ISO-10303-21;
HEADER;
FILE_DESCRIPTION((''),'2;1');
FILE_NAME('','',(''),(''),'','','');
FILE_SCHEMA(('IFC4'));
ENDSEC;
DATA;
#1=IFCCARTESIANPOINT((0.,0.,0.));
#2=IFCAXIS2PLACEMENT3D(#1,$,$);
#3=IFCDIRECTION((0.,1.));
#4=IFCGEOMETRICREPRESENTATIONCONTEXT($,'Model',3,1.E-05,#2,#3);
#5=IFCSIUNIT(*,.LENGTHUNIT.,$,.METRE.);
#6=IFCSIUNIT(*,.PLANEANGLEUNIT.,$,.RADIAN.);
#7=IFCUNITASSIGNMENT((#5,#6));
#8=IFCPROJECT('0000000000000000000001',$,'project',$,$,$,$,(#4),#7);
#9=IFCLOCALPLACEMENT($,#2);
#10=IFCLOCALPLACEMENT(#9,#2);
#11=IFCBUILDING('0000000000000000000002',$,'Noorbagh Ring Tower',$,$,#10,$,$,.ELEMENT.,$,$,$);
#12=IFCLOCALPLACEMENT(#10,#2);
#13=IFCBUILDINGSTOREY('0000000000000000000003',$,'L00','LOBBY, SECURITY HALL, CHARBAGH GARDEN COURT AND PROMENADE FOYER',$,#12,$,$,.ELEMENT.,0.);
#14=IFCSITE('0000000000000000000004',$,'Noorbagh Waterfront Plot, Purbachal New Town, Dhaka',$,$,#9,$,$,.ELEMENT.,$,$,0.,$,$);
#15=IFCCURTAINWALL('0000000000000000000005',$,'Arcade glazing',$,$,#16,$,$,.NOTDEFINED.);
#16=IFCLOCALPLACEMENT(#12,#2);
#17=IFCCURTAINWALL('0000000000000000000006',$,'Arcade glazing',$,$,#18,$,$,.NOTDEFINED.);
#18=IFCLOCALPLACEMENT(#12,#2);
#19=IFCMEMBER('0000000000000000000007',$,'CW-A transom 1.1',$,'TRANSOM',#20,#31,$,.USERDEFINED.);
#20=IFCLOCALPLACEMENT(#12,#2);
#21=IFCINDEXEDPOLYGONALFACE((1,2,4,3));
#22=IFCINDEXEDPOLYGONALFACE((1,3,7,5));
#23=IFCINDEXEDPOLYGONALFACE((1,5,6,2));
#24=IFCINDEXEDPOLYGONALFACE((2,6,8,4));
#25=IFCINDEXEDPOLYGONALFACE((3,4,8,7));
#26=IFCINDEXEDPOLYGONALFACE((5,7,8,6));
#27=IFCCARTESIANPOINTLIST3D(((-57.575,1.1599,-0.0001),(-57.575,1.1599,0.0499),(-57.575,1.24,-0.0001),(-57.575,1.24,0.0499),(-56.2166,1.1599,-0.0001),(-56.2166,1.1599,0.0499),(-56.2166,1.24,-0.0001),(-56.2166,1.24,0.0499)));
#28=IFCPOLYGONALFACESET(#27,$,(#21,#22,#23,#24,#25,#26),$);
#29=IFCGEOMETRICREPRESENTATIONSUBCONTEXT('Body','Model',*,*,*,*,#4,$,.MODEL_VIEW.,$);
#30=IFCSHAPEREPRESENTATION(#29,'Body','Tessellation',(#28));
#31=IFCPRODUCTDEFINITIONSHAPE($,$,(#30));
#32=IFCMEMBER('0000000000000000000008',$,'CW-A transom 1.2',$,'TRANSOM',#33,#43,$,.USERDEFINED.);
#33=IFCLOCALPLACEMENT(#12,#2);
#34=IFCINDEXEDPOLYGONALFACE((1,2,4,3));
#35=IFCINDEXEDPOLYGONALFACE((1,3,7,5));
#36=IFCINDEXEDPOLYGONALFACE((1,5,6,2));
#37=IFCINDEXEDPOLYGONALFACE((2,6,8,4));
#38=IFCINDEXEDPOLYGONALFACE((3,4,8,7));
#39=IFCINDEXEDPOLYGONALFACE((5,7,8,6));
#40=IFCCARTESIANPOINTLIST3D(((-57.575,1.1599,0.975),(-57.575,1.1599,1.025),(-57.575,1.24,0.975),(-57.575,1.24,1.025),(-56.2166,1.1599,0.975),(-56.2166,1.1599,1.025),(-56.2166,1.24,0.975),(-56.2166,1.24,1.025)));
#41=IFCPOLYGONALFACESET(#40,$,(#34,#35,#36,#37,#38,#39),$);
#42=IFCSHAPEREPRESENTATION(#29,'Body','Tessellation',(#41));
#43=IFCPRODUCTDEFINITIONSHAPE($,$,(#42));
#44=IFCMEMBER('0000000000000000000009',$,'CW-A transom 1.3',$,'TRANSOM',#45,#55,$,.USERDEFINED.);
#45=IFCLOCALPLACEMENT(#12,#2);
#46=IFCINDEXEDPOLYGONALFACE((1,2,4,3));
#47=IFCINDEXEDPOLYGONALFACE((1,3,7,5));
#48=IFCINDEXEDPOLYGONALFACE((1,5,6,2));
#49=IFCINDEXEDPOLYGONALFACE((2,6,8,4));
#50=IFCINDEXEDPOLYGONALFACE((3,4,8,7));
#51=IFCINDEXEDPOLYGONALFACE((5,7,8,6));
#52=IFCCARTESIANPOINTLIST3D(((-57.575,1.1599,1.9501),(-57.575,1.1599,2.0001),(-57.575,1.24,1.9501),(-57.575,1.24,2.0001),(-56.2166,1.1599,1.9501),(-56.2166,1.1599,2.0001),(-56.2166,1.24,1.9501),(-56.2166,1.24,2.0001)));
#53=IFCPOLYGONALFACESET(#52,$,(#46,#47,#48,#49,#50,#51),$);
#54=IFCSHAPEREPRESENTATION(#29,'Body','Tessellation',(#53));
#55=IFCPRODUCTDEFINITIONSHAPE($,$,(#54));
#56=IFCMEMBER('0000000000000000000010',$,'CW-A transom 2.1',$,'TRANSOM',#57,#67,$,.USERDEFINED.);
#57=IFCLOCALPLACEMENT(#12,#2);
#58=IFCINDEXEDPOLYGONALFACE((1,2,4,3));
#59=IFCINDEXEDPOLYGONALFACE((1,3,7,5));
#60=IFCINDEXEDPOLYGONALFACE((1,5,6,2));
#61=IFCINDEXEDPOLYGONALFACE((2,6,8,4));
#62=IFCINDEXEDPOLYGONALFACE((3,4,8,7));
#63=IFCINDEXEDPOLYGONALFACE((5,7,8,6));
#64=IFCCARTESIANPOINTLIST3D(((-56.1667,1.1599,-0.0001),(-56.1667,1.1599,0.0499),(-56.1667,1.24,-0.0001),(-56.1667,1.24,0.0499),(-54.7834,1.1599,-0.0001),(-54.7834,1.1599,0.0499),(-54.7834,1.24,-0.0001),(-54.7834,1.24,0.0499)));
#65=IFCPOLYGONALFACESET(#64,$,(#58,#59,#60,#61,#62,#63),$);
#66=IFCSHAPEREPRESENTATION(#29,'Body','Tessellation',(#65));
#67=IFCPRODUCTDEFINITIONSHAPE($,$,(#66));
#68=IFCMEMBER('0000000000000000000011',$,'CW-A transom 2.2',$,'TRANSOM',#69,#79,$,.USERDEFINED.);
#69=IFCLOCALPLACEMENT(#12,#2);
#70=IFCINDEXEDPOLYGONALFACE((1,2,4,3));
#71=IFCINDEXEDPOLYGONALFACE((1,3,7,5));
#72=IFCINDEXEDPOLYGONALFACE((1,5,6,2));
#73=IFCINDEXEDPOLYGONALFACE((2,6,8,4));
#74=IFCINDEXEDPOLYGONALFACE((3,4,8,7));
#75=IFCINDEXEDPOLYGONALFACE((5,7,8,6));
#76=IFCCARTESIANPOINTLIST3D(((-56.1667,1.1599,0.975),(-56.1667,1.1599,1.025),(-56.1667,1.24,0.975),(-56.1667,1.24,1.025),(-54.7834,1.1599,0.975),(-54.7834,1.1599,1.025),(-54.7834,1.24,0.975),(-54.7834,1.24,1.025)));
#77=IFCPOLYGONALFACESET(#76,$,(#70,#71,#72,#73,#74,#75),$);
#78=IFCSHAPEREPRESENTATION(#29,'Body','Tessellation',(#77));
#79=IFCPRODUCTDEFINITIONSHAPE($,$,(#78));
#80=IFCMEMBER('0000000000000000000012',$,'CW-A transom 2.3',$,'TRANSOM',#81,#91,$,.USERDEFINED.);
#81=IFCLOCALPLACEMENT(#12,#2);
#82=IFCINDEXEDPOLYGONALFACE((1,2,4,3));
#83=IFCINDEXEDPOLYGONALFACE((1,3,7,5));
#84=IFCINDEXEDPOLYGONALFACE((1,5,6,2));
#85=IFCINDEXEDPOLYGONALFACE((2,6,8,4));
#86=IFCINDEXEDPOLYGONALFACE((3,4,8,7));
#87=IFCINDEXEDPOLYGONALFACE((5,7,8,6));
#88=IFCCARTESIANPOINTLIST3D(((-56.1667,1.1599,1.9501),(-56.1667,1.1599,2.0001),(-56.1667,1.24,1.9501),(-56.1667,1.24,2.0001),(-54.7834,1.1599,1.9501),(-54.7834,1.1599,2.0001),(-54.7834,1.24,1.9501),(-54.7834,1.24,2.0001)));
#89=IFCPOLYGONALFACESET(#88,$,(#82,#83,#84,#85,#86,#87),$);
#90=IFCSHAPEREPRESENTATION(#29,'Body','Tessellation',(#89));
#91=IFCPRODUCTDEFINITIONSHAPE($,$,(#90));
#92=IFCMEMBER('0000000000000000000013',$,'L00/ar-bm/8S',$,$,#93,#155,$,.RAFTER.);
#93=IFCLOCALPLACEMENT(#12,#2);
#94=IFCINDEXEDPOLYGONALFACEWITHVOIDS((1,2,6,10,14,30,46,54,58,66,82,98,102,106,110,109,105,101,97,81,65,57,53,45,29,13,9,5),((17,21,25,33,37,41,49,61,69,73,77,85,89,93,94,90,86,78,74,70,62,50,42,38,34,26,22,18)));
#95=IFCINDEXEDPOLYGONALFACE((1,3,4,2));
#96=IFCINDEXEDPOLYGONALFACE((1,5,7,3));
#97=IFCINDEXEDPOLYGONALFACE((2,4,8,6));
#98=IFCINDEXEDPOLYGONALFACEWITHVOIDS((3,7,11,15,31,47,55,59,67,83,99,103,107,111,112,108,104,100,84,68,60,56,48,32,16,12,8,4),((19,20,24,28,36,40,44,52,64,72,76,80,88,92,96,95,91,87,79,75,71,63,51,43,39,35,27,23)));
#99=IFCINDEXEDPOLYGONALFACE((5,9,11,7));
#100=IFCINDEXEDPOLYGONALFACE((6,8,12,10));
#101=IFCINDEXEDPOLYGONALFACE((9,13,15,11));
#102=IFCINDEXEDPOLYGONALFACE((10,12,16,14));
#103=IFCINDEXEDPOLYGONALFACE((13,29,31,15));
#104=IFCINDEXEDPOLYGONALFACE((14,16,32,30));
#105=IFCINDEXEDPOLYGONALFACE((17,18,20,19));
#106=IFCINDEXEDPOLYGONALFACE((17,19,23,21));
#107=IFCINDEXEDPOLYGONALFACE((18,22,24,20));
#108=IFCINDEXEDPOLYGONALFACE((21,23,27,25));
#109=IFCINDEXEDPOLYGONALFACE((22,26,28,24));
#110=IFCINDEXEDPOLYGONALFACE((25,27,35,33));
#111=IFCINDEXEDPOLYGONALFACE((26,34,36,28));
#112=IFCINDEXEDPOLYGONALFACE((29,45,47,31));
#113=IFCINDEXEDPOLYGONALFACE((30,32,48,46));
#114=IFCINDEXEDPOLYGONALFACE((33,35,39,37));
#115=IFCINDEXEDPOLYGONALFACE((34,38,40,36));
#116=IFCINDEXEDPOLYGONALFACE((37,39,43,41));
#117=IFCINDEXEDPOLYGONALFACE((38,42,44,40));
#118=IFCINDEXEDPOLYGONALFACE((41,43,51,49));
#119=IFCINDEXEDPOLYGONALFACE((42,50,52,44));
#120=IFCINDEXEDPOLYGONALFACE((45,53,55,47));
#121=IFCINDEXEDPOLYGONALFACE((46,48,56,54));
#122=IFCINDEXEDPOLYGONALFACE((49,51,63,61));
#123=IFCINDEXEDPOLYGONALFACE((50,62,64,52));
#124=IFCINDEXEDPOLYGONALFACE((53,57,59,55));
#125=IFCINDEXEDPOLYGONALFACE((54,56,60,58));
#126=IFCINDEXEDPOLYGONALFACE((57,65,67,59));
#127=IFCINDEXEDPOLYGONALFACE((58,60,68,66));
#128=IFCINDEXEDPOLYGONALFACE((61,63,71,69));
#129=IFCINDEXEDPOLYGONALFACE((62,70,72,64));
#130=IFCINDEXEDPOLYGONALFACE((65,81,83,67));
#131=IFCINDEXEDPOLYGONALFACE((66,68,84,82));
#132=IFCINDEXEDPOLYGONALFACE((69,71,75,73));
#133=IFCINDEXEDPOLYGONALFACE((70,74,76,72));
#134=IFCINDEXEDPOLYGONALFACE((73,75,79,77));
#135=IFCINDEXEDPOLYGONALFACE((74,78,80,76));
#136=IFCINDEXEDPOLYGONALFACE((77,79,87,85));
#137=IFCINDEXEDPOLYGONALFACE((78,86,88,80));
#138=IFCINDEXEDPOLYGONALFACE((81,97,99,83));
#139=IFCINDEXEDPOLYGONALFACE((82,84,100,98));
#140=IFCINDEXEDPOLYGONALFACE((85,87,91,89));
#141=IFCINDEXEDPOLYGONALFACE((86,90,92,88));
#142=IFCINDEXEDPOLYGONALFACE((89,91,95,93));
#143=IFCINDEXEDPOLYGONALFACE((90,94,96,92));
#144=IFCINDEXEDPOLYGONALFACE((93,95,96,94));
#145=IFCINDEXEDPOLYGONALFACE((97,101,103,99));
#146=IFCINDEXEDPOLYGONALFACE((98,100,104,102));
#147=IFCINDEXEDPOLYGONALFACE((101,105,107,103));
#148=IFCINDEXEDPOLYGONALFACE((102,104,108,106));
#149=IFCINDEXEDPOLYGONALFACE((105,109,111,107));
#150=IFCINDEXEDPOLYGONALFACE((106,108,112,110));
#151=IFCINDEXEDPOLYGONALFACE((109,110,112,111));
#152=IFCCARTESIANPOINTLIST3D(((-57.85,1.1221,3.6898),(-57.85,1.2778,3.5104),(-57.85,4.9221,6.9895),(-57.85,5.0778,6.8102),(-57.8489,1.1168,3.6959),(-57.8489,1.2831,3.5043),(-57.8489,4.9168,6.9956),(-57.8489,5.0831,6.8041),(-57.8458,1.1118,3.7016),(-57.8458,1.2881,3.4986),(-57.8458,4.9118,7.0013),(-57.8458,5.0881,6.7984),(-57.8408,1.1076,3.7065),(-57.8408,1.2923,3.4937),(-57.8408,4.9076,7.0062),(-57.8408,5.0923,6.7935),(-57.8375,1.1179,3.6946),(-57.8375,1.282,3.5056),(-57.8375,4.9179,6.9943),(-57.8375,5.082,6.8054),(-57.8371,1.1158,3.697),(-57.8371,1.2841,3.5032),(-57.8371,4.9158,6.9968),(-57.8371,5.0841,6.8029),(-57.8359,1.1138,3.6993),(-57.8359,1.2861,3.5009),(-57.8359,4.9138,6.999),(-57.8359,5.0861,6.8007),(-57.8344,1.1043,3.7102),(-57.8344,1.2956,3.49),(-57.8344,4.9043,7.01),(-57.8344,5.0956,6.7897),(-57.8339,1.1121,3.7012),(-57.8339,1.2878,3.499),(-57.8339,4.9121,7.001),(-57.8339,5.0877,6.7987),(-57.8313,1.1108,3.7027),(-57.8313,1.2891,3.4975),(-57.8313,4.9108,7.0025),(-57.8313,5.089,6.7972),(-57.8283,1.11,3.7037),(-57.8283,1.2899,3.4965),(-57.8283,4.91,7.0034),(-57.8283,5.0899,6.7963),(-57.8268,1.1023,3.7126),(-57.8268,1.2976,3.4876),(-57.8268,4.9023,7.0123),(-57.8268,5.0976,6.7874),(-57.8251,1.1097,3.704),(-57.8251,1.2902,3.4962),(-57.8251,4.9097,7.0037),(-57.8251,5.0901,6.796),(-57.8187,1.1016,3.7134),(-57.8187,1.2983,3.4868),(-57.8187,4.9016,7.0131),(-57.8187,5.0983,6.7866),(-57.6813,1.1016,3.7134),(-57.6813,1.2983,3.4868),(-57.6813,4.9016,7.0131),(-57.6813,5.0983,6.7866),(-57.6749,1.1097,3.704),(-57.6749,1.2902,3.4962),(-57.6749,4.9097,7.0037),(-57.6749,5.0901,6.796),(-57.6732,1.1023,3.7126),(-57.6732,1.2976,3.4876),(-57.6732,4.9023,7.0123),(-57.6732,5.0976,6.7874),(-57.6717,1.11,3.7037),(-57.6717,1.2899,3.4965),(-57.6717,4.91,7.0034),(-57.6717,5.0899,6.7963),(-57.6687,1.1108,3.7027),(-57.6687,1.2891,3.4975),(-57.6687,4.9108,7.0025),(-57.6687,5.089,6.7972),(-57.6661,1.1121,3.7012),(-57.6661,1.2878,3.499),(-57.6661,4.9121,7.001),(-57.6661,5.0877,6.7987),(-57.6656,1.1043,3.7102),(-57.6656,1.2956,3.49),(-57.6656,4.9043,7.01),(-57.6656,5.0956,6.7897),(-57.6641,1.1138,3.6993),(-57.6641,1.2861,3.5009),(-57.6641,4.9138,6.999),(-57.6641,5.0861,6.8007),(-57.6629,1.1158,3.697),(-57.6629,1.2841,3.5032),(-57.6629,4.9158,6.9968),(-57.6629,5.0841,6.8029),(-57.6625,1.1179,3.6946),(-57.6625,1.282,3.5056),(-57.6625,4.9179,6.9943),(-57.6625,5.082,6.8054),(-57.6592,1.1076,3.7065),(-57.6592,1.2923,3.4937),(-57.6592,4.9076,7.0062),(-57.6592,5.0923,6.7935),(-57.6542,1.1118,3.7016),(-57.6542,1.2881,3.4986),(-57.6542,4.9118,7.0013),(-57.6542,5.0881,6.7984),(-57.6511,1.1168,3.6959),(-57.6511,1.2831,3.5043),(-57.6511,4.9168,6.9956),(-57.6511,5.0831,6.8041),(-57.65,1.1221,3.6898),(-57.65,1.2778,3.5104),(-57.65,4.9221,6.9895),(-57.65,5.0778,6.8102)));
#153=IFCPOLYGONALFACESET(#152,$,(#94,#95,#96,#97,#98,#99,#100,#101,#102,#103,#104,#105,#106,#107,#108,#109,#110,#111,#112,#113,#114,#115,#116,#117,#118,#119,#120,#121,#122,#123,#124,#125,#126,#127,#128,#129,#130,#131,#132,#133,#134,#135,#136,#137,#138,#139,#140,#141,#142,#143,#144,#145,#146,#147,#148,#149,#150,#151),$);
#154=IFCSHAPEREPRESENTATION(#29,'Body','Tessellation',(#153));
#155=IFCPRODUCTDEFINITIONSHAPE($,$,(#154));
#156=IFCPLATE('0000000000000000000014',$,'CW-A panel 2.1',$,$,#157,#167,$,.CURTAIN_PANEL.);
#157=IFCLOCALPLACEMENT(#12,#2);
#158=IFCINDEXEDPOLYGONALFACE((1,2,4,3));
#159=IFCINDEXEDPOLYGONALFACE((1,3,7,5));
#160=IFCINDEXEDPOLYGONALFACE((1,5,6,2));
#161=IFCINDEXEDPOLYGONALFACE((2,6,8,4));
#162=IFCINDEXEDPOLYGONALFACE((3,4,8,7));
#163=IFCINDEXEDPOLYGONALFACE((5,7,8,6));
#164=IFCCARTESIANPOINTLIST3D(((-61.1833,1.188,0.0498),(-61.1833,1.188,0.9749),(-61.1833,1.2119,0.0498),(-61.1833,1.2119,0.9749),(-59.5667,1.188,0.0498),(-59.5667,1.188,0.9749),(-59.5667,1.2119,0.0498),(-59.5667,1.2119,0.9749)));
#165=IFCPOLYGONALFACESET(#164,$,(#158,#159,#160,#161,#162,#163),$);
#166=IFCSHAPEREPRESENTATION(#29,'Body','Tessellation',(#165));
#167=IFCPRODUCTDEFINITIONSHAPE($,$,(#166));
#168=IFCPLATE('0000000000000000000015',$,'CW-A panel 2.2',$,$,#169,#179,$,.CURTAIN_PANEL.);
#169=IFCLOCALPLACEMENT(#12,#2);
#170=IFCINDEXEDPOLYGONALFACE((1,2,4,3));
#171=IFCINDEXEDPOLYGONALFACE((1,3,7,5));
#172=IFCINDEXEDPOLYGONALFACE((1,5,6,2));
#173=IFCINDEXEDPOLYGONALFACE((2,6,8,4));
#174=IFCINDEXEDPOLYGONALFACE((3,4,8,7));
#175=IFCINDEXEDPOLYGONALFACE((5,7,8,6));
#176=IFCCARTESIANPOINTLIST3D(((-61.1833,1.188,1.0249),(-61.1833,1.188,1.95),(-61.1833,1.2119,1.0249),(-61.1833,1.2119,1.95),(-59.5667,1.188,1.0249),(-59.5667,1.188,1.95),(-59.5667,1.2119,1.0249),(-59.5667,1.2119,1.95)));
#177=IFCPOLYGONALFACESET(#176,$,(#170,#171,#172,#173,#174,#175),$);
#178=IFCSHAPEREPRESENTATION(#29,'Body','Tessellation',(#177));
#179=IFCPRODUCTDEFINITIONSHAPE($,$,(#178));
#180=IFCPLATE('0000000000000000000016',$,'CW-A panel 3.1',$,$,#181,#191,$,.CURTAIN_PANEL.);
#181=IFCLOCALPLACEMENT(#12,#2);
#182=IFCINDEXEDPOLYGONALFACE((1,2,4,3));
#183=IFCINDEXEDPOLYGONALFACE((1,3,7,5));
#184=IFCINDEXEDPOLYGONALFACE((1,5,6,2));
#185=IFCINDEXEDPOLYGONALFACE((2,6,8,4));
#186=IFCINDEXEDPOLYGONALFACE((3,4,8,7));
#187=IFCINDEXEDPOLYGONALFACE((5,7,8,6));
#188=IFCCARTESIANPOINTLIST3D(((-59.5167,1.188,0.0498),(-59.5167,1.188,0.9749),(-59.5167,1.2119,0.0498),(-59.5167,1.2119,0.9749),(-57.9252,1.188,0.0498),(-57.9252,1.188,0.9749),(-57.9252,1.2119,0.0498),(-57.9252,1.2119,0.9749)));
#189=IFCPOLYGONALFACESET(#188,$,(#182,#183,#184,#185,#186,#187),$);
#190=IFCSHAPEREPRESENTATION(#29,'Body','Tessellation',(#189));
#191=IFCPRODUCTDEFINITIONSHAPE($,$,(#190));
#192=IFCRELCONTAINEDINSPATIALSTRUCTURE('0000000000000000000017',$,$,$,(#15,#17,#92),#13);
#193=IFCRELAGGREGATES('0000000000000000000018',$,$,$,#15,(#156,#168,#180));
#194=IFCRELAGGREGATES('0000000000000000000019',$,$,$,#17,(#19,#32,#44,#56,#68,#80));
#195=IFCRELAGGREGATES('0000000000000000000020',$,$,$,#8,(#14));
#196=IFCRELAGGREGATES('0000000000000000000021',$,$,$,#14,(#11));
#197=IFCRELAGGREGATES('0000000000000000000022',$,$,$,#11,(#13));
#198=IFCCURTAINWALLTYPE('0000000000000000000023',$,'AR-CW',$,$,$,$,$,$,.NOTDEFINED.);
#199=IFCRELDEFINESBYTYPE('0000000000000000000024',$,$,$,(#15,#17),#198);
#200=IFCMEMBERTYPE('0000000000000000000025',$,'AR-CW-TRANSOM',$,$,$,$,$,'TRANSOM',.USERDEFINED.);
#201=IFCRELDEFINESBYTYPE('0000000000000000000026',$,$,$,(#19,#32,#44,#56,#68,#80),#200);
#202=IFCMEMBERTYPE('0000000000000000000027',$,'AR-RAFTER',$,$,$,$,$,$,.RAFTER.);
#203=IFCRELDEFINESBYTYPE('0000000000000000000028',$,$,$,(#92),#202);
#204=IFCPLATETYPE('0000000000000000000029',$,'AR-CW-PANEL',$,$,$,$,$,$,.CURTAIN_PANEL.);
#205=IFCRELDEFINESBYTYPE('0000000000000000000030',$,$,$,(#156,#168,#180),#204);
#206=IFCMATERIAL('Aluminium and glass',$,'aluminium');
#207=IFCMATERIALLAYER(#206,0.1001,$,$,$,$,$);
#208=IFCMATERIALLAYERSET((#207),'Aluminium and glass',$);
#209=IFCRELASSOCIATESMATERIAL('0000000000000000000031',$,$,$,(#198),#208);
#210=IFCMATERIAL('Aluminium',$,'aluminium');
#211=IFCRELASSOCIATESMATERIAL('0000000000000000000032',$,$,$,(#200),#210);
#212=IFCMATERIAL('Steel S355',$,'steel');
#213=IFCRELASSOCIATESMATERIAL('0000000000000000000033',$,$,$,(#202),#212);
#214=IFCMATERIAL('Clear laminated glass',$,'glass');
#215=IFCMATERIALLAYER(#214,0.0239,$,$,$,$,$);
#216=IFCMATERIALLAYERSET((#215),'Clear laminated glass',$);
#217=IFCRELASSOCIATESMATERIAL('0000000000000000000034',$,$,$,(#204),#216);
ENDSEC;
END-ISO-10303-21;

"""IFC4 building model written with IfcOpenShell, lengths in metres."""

from ifc_helpers import new_model, si_unit, direction, frame, origin, origin_2d, place, context, subcontext, project, spatial, rectangle, hollow_rectangle, extrude, material, layer, layer_set, material_profile, profile_set, type_object, element, aggregate, save


model = new_model("IFC4")

# Units and contexts
model_context = context("Model", 3, precision=1e-05, world=origin(), true_north=direction((0.0, 1.0)))
body_context = subcontext(model_context, "Body", "Model", "MODEL_VIEW")
ifc_project = project(units=[si_unit("LENGTHUNIT", "METRE"), si_unit("PLANEANGLEUNIT", "RADIAN")], contexts=[model_context])

# Site, building, storey
site_placement = place(None, origin())
site = spatial("IfcSite", under=ifc_project, at=site_placement, Name="Noorbagh Waterfront Plot, Purbachal New Town, Dhaka", CompositionType="ELEMENT", RefElevation=0.0)
building_placement = place(site_placement, origin())
building = spatial("IfcBuilding", under=site, at=building_placement, Name="Noorbagh Ring Tower", CompositionType="ELEMENT")
storey_placement = place(building_placement, origin())
storey = spatial("IfcBuildingStorey", under=building, at=storey_placement, Name="L00", Description="LOBBY, SECURITY HALL, CHARBAGH GARDEN COURT AND PROMENADE FOYER", CompositionType="ELEMENT", Elevation=0.0)

# Curtain walls
ifc_material_1 = material(Name="Aluminium and glass", Category="aluminium")
ifc_layer_1 = layer(ifc_material_1, 0.1001)
ifc_layer_set_1 = layer_set([ifc_layer_1], Name="Aluminium and glass")
curtain_wall_type = type_object("IfcCurtainWallType", Name="AR-CW", PredefinedType="NOTDEFINED", material=ifc_layer_set_1)
curtain_wall_1_placement = place(storey_placement, origin())
curtain_wall_1 = element("IfcCurtainWall", 1, at=curtain_wall_1_placement, inside=storey, type_object=curtain_wall_type, Name="Arcade glazing", PredefinedType="NOTDEFINED")
curtain_wall_2_placement = place(storey_placement, origin())
curtain_wall_2 = element("IfcCurtainWall", 2, at=curtain_wall_2_placement, inside=storey, type_object=curtain_wall_type, Name="Arcade glazing", PredefinedType="NOTDEFINED")

# Members
ifc_material_2 = material(Name="Aluminium", Category="aluminium")
ifc_material_profile_1 = material_profile(ifc_material_2, rectangle(XDim=0.0801, YDim=0.05, at=origin_2d()), Name="AL 80x50")
ifc_profile_set_1 = profile_set([ifc_material_profile_1], Name="Aluminium")
member_type_1 = type_object("IfcMemberType", Name="AR-CW-TRANSOM", ElementType="TRANSOM", PredefinedType="USERDEFINED", material=ifc_profile_set_1)
member_1_placement = place(storey_placement, frame((-57.575, 1.2, 0.0249), z_axis=(1.0, 0.0, 0.0), x_axis=(0.0, 1.0, 0.0)))
member_1 = element("IfcMember", 3, at=member_1_placement, type_object=member_type_1, Name="CW-A transom 1.1", ObjectType="TRANSOM", PredefinedType="USERDEFINED", context=body_context, shape_type="SweptSolid", body=[
    extrude(rectangle(XDim=0.0801, YDim=0.05, at=origin_2d()), origin(), (0.0, 0.0, 1.0), 1.3584),
])
member_2_placement = place(storey_placement, frame((-57.575, 1.2, 1.0), z_axis=(1.0, 0.0, 0.0), x_axis=(0.0, 1.0, 0.0)))
member_2 = element("IfcMember", 4, at=member_2_placement, type_object=member_type_1, Name="CW-A transom 1.2", ObjectType="TRANSOM", PredefinedType="USERDEFINED", context=body_context, shape_type="SweptSolid", body=[
    extrude(rectangle(XDim=0.0801, YDim=0.05, at=origin_2d()), origin(), (0.0, 0.0, 1.0), 1.3584),
])
member_3_placement = place(storey_placement, frame((-57.575, 1.2, 1.9751), z_axis=(1.0, 0.0, 0.0), x_axis=(0.0, 1.0, 0.0)))
member_3 = element("IfcMember", 5, at=member_3_placement, type_object=member_type_1, Name="CW-A transom 1.3", ObjectType="TRANSOM", PredefinedType="USERDEFINED", context=body_context, shape_type="SweptSolid", body=[
    extrude(rectangle(XDim=0.0801, YDim=0.05, at=origin_2d()), origin(), (0.0, 0.0, 1.0), 1.3584),
])
member_4_placement = place(storey_placement, frame((-56.1667, 1.2, 0.0249), z_axis=(1.0, 0.0, 0.0), x_axis=(0.0, 1.0, 0.0)))
member_4 = element("IfcMember", 6, at=member_4_placement, type_object=member_type_1, Name="CW-A transom 2.1", ObjectType="TRANSOM", PredefinedType="USERDEFINED", context=body_context, shape_type="SweptSolid", body=[
    extrude(rectangle(XDim=0.0801, YDim=0.05, at=origin_2d()), origin(), (0.0, 0.0, 1.0), 1.3833),
])
member_5_placement = place(storey_placement, frame((-56.1667, 1.2, 1.0), z_axis=(1.0, 0.0, 0.0), x_axis=(0.0, 1.0, 0.0)))
member_5 = element("IfcMember", 7, at=member_5_placement, type_object=member_type_1, Name="CW-A transom 2.2", ObjectType="TRANSOM", PredefinedType="USERDEFINED", context=body_context, shape_type="SweptSolid", body=[
    extrude(rectangle(XDim=0.0801, YDim=0.05, at=origin_2d()), origin(), (0.0, 0.0, 1.0), 1.3833),
])
member_6_placement = place(storey_placement, frame((-56.1667, 1.2, 1.9751), z_axis=(1.0, 0.0, 0.0), x_axis=(0.0, 1.0, 0.0)))
member_6 = element("IfcMember", 8, at=member_6_placement, type_object=member_type_1, Name="CW-A transom 2.3", ObjectType="TRANSOM", PredefinedType="USERDEFINED", context=body_context, shape_type="SweptSolid", body=[
    extrude(rectangle(XDim=0.0801, YDim=0.05, at=origin_2d()), origin(), (0.0, 0.0, 1.0), 1.3833),
])
ifc_material_3 = material(Name="Steel S355", Category="steel")
ifc_material_profile_2 = material_profile(ifc_material_3, hollow_rectangle(XDim=0.2, YDim=0.3, WallThickness=0.0125, InnerFilletRadius=0.0125, OuterFilletRadius=0.0312, at=origin_2d()), Name="RHS300x200x12.5")
ifc_profile_set_2 = profile_set([ifc_material_profile_2], Name="Steel S355")
member_type_2 = type_object("IfcMemberType", Name="AR-RAFTER", PredefinedType="RAFTER", material=ifc_profile_set_2)
member_7_placement = place(storey_placement, frame((-57.75, 1.2, 3.6001), z_axis=(0.0, 0.755057, 0.65566), x_axis=(-1.0, 0.0, 0.0)))
element("IfcMember", 9, at=member_7_placement, inside=storey, type_object=member_type_2, Name="L00/ar-bm/8S", PredefinedType="RAFTER", context=body_context, shape_type="SweptSolid", body=[
    extrude(hollow_rectangle(XDim=0.2, YDim=0.3, WallThickness=0.0125, InnerFilletRadius=0.0125, OuterFilletRadius=0.0312, at=origin_2d()), origin(), (0.0, 0.0, 1.0), 5.0327),
])

# Plates
ifc_material_4 = material(Name="Clear laminated glass", Category="glass")
ifc_layer_2 = layer(ifc_material_4, 0.0239)
ifc_layer_set_2 = layer_set([ifc_layer_2], Name="Clear laminated glass")
plate_type = type_object("IfcPlateType", Name="AR-CW-PANEL", PredefinedType="CURTAIN_PANEL", material=ifc_layer_set_2)
plate_1_placement = place(storey_placement, frame((-60.375, 1.2, 0.0498), z_axis=(0.0, 0.0, 1.0), x_axis=(1.0, 0.0, 0.0)))
plate_1 = element("IfcPlate", 10, at=plate_1_placement, type_object=plate_type, Name="CW-A panel 2.1", PredefinedType="CURTAIN_PANEL", context=body_context, shape_type="SweptSolid", body=[
    extrude(rectangle(XDim=1.6167, YDim=0.0239, at=origin_2d()), origin(), (0.0, 0.0, 1.0), 0.925),
])
plate_2_placement = place(storey_placement, frame((-60.375, 1.2, 1.0249), z_axis=(0.0, 0.0, 1.0), x_axis=(1.0, 0.0, 0.0)))
plate_2 = element("IfcPlate", 11, at=plate_2_placement, type_object=plate_type, Name="CW-A panel 2.2", PredefinedType="CURTAIN_PANEL", context=body_context, shape_type="SweptSolid", body=[
    extrude(rectangle(XDim=1.6167, YDim=0.0239, at=origin_2d()), origin(), (0.0, 0.0, 1.0), 0.925),
])
plate_3_placement = place(storey_placement, frame((-58.7209, 1.2, 0.0498), z_axis=(0.0, 0.0, 1.0), x_axis=(1.0, 0.0, 0.0)))
plate_3 = element("IfcPlate", 12, at=plate_3_placement, type_object=plate_type, Name="CW-A panel 3.1", PredefinedType="CURTAIN_PANEL", context=body_context, shape_type="SweptSolid", body=[
    extrude(rectangle(XDim=1.5916, YDim=0.0239, at=origin_2d()), origin(), (0.0, 0.0, 1.0), 0.925),
])
aggregate(curtain_wall_1, [plate_1, plate_2, plate_3])
aggregate(curtain_wall_2, [member_1, member_2, member_3, member_4, member_5, member_6])

save(model, "model.ifc")
